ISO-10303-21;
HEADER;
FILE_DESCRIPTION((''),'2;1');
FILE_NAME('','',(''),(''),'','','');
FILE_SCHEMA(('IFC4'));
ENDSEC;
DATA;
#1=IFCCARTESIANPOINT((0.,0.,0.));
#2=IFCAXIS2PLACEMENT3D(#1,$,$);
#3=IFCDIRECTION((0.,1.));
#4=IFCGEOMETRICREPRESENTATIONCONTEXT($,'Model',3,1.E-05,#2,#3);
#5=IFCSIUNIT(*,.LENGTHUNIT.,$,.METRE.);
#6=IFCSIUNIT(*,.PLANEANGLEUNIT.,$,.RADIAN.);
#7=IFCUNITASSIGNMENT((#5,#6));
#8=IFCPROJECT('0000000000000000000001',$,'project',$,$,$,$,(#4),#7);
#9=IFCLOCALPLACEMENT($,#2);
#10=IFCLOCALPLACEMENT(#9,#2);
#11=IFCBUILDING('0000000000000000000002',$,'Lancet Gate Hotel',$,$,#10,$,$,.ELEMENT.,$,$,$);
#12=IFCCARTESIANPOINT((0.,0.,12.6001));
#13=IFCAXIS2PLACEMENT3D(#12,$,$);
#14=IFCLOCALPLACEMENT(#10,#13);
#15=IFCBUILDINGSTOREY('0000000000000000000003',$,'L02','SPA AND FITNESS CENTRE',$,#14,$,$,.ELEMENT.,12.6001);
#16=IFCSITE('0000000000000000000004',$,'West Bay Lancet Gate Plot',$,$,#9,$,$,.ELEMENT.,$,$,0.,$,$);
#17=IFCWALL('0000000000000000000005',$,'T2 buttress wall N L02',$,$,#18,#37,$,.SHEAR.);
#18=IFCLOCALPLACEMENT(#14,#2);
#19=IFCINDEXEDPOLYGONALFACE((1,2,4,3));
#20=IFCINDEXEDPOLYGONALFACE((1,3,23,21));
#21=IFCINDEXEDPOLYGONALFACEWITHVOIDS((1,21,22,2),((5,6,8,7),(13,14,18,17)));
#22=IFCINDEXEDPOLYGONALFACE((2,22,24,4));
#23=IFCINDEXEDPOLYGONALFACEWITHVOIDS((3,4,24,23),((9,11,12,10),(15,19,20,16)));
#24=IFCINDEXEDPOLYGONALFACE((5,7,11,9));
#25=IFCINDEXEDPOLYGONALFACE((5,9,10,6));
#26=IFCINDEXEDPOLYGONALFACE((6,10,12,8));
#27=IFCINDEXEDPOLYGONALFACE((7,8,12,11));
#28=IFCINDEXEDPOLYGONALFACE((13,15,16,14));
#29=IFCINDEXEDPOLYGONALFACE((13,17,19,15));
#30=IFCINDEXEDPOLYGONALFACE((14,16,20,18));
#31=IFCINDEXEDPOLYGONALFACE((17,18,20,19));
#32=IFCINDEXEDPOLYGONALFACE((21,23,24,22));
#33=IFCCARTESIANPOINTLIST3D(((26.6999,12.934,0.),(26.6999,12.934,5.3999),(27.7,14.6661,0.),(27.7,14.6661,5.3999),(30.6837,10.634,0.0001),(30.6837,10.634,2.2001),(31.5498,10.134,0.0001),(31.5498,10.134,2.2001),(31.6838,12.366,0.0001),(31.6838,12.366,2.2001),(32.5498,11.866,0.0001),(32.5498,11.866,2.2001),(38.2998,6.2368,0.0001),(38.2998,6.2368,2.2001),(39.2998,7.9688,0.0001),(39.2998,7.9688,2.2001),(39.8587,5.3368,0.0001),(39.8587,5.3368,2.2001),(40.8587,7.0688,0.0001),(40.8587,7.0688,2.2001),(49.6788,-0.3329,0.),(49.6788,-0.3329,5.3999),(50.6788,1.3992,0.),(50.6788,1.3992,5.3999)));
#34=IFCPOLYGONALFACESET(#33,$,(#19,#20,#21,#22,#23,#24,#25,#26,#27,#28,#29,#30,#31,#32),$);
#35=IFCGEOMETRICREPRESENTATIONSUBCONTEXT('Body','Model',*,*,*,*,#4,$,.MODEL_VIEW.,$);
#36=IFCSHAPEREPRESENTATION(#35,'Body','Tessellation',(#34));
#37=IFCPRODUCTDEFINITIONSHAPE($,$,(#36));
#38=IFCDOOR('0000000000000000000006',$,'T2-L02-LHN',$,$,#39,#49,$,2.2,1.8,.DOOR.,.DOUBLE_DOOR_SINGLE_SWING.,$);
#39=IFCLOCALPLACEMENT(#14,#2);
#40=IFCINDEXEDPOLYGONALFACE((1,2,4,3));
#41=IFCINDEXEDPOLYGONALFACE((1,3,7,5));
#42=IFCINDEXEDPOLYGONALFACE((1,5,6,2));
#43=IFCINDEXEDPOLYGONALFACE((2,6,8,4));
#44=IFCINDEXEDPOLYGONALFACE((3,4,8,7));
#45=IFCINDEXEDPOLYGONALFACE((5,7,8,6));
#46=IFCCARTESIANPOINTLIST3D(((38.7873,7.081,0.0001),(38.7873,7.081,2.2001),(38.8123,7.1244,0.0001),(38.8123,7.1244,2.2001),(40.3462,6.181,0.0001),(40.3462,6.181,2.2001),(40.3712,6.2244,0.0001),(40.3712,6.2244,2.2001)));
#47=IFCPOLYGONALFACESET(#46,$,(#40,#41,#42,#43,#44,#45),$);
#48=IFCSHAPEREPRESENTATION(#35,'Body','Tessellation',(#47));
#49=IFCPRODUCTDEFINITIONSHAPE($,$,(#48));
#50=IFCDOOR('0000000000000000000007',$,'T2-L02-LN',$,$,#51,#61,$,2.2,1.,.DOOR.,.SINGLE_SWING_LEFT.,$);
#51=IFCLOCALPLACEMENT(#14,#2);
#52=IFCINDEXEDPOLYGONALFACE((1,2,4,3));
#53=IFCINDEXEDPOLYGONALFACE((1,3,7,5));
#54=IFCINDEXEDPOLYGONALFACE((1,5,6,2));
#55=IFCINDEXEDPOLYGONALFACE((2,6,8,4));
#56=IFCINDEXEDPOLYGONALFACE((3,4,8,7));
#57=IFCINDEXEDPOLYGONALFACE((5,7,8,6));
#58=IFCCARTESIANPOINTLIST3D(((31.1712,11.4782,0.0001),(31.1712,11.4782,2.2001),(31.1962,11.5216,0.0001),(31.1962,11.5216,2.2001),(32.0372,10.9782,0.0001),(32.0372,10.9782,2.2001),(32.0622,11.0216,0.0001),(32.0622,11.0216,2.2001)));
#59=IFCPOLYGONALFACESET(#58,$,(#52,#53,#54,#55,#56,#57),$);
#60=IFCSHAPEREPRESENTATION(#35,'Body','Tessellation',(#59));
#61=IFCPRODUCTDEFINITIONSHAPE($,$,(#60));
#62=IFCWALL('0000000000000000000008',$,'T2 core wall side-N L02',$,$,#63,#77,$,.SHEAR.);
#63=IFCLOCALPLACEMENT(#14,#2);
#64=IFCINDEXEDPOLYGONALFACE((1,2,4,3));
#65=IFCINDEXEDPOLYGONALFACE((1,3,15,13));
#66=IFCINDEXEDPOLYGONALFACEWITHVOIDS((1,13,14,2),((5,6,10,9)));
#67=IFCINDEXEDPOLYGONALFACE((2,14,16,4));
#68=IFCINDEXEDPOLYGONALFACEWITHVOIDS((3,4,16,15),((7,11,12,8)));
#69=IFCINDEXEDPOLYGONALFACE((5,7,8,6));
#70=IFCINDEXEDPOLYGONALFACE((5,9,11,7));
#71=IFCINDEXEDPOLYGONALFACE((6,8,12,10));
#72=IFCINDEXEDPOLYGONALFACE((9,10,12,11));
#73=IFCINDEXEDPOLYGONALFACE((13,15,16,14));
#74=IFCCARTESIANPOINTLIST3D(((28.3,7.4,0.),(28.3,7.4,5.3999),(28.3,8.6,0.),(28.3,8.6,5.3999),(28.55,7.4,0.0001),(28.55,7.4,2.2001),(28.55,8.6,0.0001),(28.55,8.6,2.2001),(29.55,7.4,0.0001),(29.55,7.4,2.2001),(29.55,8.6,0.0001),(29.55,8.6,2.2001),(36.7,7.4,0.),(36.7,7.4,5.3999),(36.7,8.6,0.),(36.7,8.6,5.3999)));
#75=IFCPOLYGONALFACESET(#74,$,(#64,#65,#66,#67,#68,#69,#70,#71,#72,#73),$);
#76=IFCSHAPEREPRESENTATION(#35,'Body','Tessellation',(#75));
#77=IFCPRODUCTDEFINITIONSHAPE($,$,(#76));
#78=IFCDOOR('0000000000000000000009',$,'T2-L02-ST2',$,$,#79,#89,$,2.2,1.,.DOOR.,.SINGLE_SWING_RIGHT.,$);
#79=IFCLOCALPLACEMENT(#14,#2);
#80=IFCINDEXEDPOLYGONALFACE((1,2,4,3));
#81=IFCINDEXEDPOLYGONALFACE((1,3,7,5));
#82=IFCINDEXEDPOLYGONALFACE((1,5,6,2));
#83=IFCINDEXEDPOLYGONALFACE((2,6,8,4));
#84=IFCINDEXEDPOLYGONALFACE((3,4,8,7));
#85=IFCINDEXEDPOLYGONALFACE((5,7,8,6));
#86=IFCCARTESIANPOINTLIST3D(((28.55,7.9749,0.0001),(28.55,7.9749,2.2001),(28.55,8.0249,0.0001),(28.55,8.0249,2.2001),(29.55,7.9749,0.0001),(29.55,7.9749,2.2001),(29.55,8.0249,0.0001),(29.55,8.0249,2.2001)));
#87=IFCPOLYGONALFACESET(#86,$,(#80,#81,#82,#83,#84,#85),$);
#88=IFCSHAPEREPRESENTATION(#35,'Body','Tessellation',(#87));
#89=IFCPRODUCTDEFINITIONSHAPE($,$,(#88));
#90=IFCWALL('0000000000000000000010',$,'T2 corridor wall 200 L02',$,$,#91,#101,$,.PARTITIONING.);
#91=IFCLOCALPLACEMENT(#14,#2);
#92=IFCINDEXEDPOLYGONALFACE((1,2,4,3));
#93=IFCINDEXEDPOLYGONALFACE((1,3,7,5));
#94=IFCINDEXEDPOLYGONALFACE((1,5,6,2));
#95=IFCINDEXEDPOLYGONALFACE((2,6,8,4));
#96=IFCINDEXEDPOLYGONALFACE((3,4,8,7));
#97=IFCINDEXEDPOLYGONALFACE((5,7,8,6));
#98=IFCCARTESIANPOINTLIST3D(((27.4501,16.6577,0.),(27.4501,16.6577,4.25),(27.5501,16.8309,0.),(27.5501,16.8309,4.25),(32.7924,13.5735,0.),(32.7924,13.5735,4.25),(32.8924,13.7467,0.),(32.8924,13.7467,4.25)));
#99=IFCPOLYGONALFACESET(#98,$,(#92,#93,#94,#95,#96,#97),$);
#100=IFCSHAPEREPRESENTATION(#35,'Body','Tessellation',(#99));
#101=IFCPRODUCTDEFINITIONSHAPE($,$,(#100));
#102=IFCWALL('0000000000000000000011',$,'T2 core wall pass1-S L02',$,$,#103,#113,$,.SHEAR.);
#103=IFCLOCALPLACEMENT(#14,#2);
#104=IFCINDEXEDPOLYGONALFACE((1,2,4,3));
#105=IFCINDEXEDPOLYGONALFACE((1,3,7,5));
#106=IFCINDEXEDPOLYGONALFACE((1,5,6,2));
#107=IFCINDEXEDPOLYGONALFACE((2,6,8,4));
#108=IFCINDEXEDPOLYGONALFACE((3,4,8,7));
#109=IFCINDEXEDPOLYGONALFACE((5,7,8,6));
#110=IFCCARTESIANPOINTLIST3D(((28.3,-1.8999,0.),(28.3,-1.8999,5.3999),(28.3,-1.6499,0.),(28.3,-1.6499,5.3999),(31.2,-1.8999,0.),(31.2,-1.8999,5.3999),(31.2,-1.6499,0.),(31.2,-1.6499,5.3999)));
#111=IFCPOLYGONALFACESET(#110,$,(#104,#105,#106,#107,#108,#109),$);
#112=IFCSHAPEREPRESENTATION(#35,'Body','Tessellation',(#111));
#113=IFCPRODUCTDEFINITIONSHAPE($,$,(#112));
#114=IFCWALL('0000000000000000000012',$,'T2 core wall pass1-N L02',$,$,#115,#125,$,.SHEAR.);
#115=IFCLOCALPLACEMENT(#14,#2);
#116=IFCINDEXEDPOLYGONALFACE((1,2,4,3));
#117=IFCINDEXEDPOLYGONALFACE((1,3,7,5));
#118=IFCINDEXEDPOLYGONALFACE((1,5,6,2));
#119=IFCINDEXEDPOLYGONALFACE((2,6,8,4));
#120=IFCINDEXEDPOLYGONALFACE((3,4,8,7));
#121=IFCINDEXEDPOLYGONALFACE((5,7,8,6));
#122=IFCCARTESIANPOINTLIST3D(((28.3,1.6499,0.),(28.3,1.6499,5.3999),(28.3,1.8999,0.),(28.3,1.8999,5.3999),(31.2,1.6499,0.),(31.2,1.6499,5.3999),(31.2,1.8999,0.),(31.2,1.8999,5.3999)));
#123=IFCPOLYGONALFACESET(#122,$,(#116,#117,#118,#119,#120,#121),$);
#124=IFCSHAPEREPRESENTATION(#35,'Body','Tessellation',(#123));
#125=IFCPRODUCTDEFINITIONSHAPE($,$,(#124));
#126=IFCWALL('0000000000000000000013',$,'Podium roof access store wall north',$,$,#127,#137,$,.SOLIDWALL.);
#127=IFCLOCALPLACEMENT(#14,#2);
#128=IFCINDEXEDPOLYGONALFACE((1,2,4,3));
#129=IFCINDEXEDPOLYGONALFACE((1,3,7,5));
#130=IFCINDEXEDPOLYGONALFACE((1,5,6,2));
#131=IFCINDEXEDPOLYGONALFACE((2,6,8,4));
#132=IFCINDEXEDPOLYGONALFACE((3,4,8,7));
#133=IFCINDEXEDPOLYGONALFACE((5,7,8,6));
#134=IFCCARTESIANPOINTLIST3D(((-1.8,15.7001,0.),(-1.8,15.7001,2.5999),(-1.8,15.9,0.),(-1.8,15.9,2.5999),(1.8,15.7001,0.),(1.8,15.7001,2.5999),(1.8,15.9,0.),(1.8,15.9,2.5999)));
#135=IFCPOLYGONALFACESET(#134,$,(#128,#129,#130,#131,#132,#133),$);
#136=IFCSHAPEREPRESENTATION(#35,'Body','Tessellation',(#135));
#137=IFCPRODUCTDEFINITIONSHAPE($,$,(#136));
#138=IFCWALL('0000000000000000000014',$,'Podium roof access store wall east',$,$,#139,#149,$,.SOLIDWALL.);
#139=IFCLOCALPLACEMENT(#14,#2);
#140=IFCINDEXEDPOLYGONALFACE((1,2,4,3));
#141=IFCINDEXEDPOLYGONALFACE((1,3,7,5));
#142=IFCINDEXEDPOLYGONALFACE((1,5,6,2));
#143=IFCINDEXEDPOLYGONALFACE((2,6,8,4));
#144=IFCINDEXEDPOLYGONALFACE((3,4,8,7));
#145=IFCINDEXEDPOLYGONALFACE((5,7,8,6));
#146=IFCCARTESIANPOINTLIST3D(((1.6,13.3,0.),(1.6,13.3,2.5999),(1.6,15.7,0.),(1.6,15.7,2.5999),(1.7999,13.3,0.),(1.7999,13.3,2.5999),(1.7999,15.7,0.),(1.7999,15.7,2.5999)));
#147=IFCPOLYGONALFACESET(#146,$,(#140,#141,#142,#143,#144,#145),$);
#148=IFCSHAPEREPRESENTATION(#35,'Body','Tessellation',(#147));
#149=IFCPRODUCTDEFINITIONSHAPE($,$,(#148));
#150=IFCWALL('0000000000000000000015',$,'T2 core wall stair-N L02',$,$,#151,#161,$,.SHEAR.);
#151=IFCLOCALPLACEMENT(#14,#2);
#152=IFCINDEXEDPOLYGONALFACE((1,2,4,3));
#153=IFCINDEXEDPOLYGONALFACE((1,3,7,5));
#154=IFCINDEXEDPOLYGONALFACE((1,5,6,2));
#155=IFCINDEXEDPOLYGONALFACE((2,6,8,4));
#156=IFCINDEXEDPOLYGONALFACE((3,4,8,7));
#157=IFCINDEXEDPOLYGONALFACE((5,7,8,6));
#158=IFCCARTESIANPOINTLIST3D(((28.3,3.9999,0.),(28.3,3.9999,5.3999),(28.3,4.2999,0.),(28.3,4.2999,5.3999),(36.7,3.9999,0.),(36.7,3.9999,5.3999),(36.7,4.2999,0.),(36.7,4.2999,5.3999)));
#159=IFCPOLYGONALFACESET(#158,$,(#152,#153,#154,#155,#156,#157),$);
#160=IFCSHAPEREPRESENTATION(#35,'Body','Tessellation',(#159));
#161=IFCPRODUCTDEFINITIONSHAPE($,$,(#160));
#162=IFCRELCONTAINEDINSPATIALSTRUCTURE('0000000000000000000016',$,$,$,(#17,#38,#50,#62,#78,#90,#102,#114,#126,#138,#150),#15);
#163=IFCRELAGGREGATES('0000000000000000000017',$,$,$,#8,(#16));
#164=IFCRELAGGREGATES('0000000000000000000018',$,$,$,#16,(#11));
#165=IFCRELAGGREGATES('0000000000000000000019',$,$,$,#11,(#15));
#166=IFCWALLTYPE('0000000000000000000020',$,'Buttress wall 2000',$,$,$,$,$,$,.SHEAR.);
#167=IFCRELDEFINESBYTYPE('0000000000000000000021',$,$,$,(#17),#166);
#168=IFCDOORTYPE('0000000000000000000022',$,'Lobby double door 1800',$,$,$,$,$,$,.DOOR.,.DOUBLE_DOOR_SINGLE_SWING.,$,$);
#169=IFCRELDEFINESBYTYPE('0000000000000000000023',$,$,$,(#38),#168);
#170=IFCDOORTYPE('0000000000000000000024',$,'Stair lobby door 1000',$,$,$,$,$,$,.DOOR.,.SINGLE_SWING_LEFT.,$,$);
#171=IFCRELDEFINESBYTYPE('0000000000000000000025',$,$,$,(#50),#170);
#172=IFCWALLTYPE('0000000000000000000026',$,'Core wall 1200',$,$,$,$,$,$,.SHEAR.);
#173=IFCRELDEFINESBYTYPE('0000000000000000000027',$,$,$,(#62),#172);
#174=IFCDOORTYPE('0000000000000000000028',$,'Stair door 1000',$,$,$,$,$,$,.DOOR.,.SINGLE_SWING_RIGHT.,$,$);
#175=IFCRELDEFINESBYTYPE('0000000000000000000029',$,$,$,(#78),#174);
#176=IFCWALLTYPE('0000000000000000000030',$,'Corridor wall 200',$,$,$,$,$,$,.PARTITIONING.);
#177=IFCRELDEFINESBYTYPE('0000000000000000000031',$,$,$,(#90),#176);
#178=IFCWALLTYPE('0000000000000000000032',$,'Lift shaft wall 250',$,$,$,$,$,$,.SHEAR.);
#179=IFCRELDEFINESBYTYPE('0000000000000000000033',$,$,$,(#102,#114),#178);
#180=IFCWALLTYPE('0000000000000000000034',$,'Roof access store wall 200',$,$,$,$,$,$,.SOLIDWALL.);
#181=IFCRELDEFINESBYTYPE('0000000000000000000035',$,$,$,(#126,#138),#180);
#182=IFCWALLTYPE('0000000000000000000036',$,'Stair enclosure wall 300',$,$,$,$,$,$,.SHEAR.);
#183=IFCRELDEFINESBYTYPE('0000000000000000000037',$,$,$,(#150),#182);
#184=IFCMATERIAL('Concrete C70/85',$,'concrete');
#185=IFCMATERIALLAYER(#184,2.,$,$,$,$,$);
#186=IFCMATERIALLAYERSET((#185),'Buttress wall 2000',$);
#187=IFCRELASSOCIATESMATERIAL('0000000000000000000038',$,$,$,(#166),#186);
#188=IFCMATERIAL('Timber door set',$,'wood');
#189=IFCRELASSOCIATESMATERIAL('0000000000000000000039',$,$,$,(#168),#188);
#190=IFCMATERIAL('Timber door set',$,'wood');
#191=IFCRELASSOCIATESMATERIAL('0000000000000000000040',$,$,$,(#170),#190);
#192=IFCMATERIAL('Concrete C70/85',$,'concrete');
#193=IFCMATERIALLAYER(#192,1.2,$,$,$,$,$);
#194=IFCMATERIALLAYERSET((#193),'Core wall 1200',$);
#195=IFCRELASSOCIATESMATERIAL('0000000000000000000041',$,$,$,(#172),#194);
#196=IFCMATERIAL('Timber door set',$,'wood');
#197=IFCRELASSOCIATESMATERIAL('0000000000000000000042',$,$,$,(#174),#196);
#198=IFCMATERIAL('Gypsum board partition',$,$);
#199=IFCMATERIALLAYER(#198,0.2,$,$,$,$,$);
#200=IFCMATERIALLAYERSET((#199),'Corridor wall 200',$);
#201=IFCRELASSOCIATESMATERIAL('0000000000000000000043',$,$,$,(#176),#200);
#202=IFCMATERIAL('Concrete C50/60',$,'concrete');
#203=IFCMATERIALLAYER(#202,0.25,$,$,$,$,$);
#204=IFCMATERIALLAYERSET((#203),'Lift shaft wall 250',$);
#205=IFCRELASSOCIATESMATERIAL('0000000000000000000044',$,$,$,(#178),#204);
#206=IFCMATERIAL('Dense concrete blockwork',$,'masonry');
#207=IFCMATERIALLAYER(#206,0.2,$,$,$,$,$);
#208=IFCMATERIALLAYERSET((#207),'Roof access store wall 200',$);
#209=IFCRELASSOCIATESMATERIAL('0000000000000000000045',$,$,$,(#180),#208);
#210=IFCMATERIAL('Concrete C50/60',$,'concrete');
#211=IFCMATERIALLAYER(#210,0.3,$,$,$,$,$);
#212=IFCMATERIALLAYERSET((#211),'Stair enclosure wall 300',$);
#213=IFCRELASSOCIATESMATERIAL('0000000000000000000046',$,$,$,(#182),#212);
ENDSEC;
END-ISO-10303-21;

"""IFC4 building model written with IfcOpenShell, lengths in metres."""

from ifc_helpers import new_model, si_unit, direction, frame, frame_2d, origin, place, context, subcontext, project, spatial, rectangle, extrude, material, layer, layer_set, type_object, element, fill, save


model = new_model("IFC4")

# Units and contexts
model_context = context("Model", 3, precision=1e-05, world=origin(), true_north=direction((0.0, 1.0)))
body_context = subcontext(model_context, "Body", "Model", "MODEL_VIEW")
ifc_project = project(units=[si_unit("LENGTHUNIT", "METRE"), si_unit("PLANEANGLEUNIT", "RADIAN")], contexts=[model_context])

# Site, building, storey
site_placement = place(None, origin())
site = spatial("IfcSite", under=ifc_project, at=site_placement, Name="West Bay Lancet Gate Plot", CompositionType="ELEMENT", RefElevation=0.0)
building_placement = place(site_placement, origin())
building = spatial("IfcBuilding", under=site, at=building_placement, Name="Lancet Gate Hotel", CompositionType="ELEMENT")
storey_placement = place(building_placement, frame((0.0, 0.0, 12.6001)))
storey = spatial("IfcBuildingStorey", under=building, at=storey_placement, Name="L02", Description="SPA AND FITNESS CENTRE", CompositionType="ELEMENT", Elevation=12.6001)

# Wall, openings, doors
ifc_material_1 = material(Name="Concrete C70/85", Category="concrete")
ifc_layer_1 = layer(ifc_material_1, 2.0)
ifc_layer_set_1 = layer_set([ifc_layer_1], Name="Buttress wall 2000")
wall_type_1 = type_object("IfcWallType", Name="Buttress wall 2000", PredefinedType="SHEAR", material=ifc_layer_set_1)
wall_1_placement = place(storey_placement, frame((27.2, 13.8, 0.0), z_axis=(0.0, 0.0, 1.0), x_axis=(0.866025, -0.500001, 0.0)))
wall_1 = element("IfcWall", 1, at=wall_1_placement, inside=storey, type_object=wall_type_1, Name="T2 buttress wall N L02", PredefinedType="SHEAR", context=body_context, shape_type="SweptSolid", body=[
    extrude(rectangle(XDim=26.5337, YDim=2.0, at=frame_2d((13.2668, 0.0))), origin(), (0.0, 0.0, 1.0), 5.3999),
])
opening_1_placement = place(wall_1_placement, frame((4.6001, 0.0, 0.0)))
opening_1 = element("IfcOpeningElement", 2, at=opening_1_placement, cuts=wall_1, PredefinedType="OPENING", context=body_context, shape_type="SweptSolid", body=[
    extrude(rectangle(XDim=1.0, YDim=2.2, at=frame_2d((0.5, 1.1001))), frame((0.0, 1.01, 0.0), z_axis=(0.0, -1.0, 0.0), x_axis=(1.0, 0.0, 0.0)), (0.0, 0.0, 1.0), 2.02),
])
opening_2_placement = place(wall_1_placement, frame((13.3945, 0.0, 0.0)))
opening_2 = element("IfcOpeningElement", 3, at=opening_2_placement, cuts=wall_1, PredefinedType="OPENING", context=body_context, shape_type="SweptSolid", body=[
    extrude(rectangle(XDim=1.8, YDim=2.2, at=frame_2d((0.8999, 1.1001))), frame((0.0, 1.01, 0.0), z_axis=(0.0, -1.0, 0.0), x_axis=(1.0, 0.0, 0.0)), (0.0, 0.0, 1.0), 2.02),
])
ifc_material_2 = material(Name="Timber door set", Category="wood")
door_type_1 = type_object("IfcDoorType", Name="Lobby double door 1800", OperationType="DOUBLE_DOOR_SINGLE_SWING", PredefinedType="DOOR", material=ifc_material_2)
door_1_placement = place(opening_2_placement, origin())
door_1 = element("IfcDoor", 4, at=door_1_placement, inside=storey, type_object=door_type_1, Name="T2-L02-LHN", OperationType="DOUBLE_DOOR_SINGLE_SWING", OverallHeight=2.2, OverallWidth=1.8, PredefinedType="DOOR", context=body_context, shape_type="SweptSolid", body=[
    extrude(rectangle(XDim=1.8, YDim=2.2, at=frame_2d((0.8999, 1.1001))), frame((0.0, 0.0249, 0.0), z_axis=(0.0, -1.0, 0.0), x_axis=(1.0, 0.0, 0.0)), (0.0, 0.0, 1.0), 0.05),
])
fill(opening_2, door_1)
ifc_material_3 = material(Name="Timber door set", Category="wood")
door_type_2 = type_object("IfcDoorType", Name="Stair lobby door 1000", OperationType="SINGLE_SWING_LEFT", PredefinedType="DOOR", material=ifc_material_3)
door_2_placement = place(opening_1_placement, origin())
door_2 = element("IfcDoor", 5, at=door_2_placement, inside=storey, type_object=door_type_2, Name="T2-L02-LN", OperationType="SINGLE_SWING_LEFT", OverallHeight=2.2, OverallWidth=1.0, PredefinedType="DOOR", context=body_context, shape_type="SweptSolid", body=[
    extrude(rectangle(XDim=1.0, YDim=2.2, at=frame_2d((0.5, 1.1001))), frame((0.0, 0.0249, 0.0), z_axis=(0.0, -1.0, 0.0), x_axis=(1.0, 0.0, 0.0)), (0.0, 0.0, 1.0), 0.05),
])
fill(opening_1, door_2)

# Wall, opening, door
ifc_material_4 = material(Name="Concrete C70/85", Category="concrete")
ifc_layer_2 = layer(ifc_material_4, 1.2)
ifc_layer_set_2 = layer_set([ifc_layer_2], Name="Core wall 1200")
wall_type_2 = type_object("IfcWallType", Name="Core wall 1200", PredefinedType="SHEAR", material=ifc_layer_set_2)
wall_2_placement = place(storey_placement, frame((28.3, 8.0, 0.0), z_axis=(0.0, 0.0, 1.0), x_axis=(1.0, 0.0, 0.0)))
wall_2 = element("IfcWall", 6, at=wall_2_placement, inside=storey, type_object=wall_type_2, Name="T2 core wall side-N L02", PredefinedType="SHEAR", context=body_context, shape_type="SweptSolid", body=[
    extrude(rectangle(XDim=8.3999, YDim=1.2, at=frame_2d((4.2, 0.0))), origin(), (0.0, 0.0, 1.0), 5.3999),
])
opening_3_placement = place(wall_2_placement, frame((0.25, 0.0, 0.0)))
opening_3 = element("IfcOpeningElement", 7, at=opening_3_placement, cuts=wall_2, PredefinedType="OPENING", context=body_context, shape_type="SweptSolid", body=[
    extrude(rectangle(XDim=1.0, YDim=2.2, at=frame_2d((0.5, 1.1001))), frame((0.0, 0.6099, 0.0), z_axis=(0.0, -1.0, 0.0), x_axis=(1.0, 0.0, 0.0)), (0.0, 0.0, 1.0), 1.22),
])
ifc_material_5 = material(Name="Timber door set", Category="wood")
door_type_3 = type_object("IfcDoorType", Name="Stair door 1000", OperationType="SINGLE_SWING_RIGHT", PredefinedType="DOOR", material=ifc_material_5)
door_3_placement = place(opening_3_placement, origin())
door_3 = element("IfcDoor", 8, at=door_3_placement, inside=storey, type_object=door_type_3, Name="T2-L02-ST2", OperationType="SINGLE_SWING_RIGHT", OverallHeight=2.2, OverallWidth=1.0, PredefinedType="DOOR", context=body_context, shape_type="SweptSolid", body=[
    extrude(rectangle(XDim=1.0, YDim=2.2, at=frame_2d((0.5, 1.1001))), frame((0.0, 0.0249, 0.0), z_axis=(0.0, -1.0, 0.0), x_axis=(1.0, 0.0, 0.0)), (0.0, 0.0, 1.0), 0.05),
])
fill(opening_3, door_3)

# Walls
ifc_material_6 = material(Name="Gypsum board partition")
ifc_layer_3 = layer(ifc_material_6, 0.2)
ifc_layer_set_3 = layer_set([ifc_layer_3], Name="Corridor wall 200")
wall_type_3 = type_object("IfcWallType", Name="Corridor wall 200", PredefinedType="PARTITIONING", material=ifc_layer_set_3)
wall_3_placement = place(storey_placement, frame((27.5, 16.7444, 0.0), z_axis=(0.0, 0.0, 1.0), x_axis=(0.866035, -0.499983, 0.0)))
element("IfcWall", 9, at=wall_3_placement, inside=storey, type_object=wall_type_3, Name="T2 corridor wall 200 L02", PredefinedType="PARTITIONING", context=body_context, shape_type="SweptSolid", body=[
    extrude(rectangle(XDim=6.1687, YDim=0.2, at=frame_2d((3.0845, 0.0))), origin(), (0.0, 0.0, 1.0), 4.25),
])
ifc_material_7 = material(Name="Concrete C50/60", Category="concrete")
ifc_layer_4 = layer(ifc_material_7, 0.25)
ifc_layer_set_4 = layer_set([ifc_layer_4], Name="Lift shaft wall 250")
wall_type_4 = type_object("IfcWallType", Name="Lift shaft wall 250", PredefinedType="SHEAR", material=ifc_layer_set_4)
for number, where, z_axis, x_axis, name in (
    (10, (28.3, -1.7749, 0.0), (0.0, 0.0, 1.0), (1.0, 0.0, 0.0), "T2 core wall pass1-S L02"),
    (11, (28.3, 1.7749, 0.0), (0.0, 0.0, 1.0), (1.0, 0.0, 0.0), "T2 core wall pass1-N L02"),
):
    element("IfcWall", number, at=place(storey_placement, frame(where, z_axis=z_axis, x_axis=x_axis)), inside=storey, type_object=wall_type_4, Name=name, PredefinedType="SHEAR", context=body_context, shape_type="SweptSolid", body=[
        extrude(rectangle(XDim=2.8999, YDim=0.25, at=frame_2d((1.45, 0.0))), origin(), (0.0, 0.0, 1.0), 5.3999),
    ])
ifc_material_8 = material(Name="Dense concrete blockwork", Category="masonry")
ifc_layer_5 = layer(ifc_material_8, 0.2)
ifc_layer_set_5 = layer_set([ifc_layer_5], Name="Roof access store wall 200")
wall_type_5 = type_object("IfcWallType", Name="Roof access store wall 200", PredefinedType="SOLIDWALL", material=ifc_layer_set_5)
wall_4_placement = place(storey_placement, frame((1.8, 15.8, 0.0), z_axis=(0.0, 0.0, 1.0), x_axis=(-1.0, 0.0, 0.0)))
element("IfcWall", 12, at=wall_4_placement, inside=storey, type_object=wall_type_5, Name="Podium roof access store wall north", PredefinedType="SOLIDWALL", context=body_context, shape_type="SweptSolid", body=[
    extrude(rectangle(XDim=3.6001, YDim=0.2, at=frame_2d((1.8, 0.0))), origin(), (0.0, 0.0, 1.0), 2.5999),
])
wall_5_placement = place(storey_placement, frame((1.7, 13.3, 0.0), z_axis=(0.0, 0.0, 1.0), x_axis=(0.0, 1.0, 0.0)))
element("IfcWall", 13, at=wall_5_placement, inside=storey, type_object=wall_type_5, Name="Podium roof access store wall east", PredefinedType="SOLIDWALL", context=body_context, shape_type="SweptSolid", body=[
    extrude(rectangle(XDim=2.3999, YDim=0.2, at=frame_2d((1.2, 0.0))), origin(), (0.0, 0.0, 1.0), 2.5999),
])
ifc_material_9 = material(Name="Concrete C50/60", Category="concrete")
ifc_layer_6 = layer(ifc_material_9, 0.3)
ifc_layer_set_6 = layer_set([ifc_layer_6], Name="Stair enclosure wall 300")
wall_type_6 = type_object("IfcWallType", Name="Stair enclosure wall 300", PredefinedType="SHEAR", material=ifc_layer_set_6)
wall_6_placement = place(storey_placement, frame((28.3, 4.1499, 0.0), z_axis=(0.0, 0.0, 1.0), x_axis=(1.0, 0.0, 0.0)))
element("IfcWall", 14, at=wall_6_placement, inside=storey, type_object=wall_type_6, Name="T2 core wall stair-N L02", PredefinedType="SHEAR", context=body_context, shape_type="SweptSolid", body=[
    extrude(rectangle(XDim=8.3999, YDim=0.3, at=frame_2d((4.2, 0.0))), origin(), (0.0, 0.0, 1.0), 5.3999),
])

save(model, "model.ifc")
